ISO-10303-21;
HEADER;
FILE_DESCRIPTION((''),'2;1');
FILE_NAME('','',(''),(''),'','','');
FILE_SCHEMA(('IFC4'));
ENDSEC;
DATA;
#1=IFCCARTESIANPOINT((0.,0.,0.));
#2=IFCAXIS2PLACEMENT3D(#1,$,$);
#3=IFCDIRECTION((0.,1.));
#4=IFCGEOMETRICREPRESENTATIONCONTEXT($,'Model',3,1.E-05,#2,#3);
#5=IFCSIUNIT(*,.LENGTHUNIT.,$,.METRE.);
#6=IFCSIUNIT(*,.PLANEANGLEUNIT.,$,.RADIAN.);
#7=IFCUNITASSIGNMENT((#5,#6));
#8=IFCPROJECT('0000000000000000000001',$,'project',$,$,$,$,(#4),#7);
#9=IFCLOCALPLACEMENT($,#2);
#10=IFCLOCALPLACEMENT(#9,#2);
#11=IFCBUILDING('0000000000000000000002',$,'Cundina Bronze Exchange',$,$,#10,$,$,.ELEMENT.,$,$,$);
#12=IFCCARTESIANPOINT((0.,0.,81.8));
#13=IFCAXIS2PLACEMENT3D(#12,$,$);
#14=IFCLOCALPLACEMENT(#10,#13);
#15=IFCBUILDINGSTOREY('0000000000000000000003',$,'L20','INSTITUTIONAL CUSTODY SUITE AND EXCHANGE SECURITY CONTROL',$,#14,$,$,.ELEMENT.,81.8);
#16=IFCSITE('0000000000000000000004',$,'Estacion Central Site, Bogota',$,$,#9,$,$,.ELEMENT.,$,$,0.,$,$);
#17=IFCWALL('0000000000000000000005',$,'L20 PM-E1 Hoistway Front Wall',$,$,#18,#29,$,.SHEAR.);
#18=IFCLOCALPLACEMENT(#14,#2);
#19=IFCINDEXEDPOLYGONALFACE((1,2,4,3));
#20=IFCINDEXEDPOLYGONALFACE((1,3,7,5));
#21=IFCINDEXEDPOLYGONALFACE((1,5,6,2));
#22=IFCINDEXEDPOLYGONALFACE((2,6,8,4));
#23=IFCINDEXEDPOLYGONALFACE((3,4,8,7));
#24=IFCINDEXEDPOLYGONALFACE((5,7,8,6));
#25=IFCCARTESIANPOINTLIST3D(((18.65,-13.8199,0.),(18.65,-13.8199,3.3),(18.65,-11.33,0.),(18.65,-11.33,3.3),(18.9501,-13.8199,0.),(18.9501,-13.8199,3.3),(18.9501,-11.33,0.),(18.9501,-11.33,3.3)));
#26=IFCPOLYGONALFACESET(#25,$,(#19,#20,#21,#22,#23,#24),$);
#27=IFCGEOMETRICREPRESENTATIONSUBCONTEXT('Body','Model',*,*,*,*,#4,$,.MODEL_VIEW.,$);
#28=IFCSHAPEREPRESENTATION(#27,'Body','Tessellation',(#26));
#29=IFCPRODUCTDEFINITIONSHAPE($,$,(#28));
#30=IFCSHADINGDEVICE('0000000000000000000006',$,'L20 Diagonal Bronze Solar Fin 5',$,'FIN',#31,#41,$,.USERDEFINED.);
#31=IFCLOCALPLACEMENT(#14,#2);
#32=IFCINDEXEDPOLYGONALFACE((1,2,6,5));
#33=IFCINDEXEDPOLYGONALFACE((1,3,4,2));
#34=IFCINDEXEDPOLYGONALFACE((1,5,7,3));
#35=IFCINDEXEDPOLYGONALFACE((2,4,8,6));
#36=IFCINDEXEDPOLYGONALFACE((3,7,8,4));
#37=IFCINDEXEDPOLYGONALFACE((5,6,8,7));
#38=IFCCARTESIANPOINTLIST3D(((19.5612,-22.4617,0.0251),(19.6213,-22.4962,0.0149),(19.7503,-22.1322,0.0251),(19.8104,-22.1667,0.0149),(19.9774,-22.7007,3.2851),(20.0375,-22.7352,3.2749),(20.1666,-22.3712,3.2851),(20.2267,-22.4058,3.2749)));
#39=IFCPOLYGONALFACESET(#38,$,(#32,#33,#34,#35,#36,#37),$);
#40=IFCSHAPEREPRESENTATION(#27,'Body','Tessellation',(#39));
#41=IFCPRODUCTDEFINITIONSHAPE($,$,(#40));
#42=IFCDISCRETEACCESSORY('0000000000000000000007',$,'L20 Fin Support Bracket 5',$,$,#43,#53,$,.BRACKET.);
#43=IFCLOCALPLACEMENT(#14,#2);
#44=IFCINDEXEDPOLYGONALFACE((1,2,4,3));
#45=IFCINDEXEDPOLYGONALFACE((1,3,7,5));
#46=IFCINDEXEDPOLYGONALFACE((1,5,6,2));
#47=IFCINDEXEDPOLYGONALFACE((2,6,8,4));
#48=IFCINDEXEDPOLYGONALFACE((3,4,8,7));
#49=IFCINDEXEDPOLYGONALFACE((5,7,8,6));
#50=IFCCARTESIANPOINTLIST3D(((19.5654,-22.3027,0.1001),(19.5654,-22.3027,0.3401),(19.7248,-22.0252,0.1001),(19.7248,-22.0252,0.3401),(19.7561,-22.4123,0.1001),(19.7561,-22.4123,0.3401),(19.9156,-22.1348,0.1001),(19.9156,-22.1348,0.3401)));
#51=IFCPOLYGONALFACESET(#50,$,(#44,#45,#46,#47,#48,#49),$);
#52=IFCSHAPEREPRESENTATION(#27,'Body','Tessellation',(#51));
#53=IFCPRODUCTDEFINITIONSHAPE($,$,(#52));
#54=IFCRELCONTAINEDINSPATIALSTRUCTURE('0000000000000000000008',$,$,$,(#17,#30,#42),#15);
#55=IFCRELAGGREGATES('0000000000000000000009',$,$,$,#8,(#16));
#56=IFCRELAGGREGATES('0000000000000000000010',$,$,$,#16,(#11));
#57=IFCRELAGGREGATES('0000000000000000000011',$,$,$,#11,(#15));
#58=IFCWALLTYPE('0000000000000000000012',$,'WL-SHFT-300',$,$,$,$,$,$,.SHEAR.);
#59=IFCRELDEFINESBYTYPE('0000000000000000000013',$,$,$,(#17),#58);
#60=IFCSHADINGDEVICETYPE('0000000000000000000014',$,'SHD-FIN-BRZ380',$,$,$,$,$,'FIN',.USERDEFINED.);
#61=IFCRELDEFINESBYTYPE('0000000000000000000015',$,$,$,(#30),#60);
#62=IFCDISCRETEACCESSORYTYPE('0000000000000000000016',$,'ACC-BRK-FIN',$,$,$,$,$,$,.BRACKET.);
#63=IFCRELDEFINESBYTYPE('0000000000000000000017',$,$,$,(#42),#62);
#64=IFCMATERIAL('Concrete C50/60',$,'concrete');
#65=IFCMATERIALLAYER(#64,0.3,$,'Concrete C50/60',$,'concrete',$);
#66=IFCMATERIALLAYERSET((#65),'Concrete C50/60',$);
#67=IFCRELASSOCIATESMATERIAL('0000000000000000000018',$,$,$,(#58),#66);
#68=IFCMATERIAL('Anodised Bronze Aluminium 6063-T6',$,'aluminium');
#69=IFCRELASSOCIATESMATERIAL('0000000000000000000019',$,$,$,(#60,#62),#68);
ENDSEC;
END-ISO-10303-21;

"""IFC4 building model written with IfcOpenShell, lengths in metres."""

from ifc_helpers import new_model, si_unit, direction, frame, frame_2d, origin, origin_2d, place, context, subcontext, project, spatial, rectangle, extrude, material, layer, layer_set, material_profile, profile_set, type_object, element, save


model = new_model("IFC4")

# Units and contexts
model_context = context("Model", 3, precision=1e-05, world=origin(), true_north=direction((0.0, 1.0)))
body_context = subcontext(model_context, "Body", "Model", "MODEL_VIEW")
ifc_project = project(units=[si_unit("LENGTHUNIT", "METRE"), si_unit("PLANEANGLEUNIT", "RADIAN")], contexts=[model_context])

# Site, building, storey
site_placement = place(None, origin())
site = spatial("IfcSite", under=ifc_project, at=site_placement, Name="Estacion Central Site, Bogota", CompositionType="ELEMENT", RefElevation=0.0)
building_placement = place(site_placement, origin())
building = spatial("IfcBuilding", under=site, at=building_placement, Name="Cundina Bronze Exchange", CompositionType="ELEMENT")
storey_placement = place(building_placement, frame((0.0, 0.0, 81.8)))
storey = spatial("IfcBuildingStorey", under=building, at=storey_placement, Name="L20", Description="INSTITUTIONAL CUSTODY SUITE AND EXCHANGE SECURITY CONTROL", CompositionType="ELEMENT", Elevation=81.8)

# Shared definitions
ifc_material_1 = material(Name="Anodised Bronze Aluminium 6063-T6", Category="aluminium")

# Wall
ifc_material_2 = material(Name="Concrete C50/60", Category="concrete")
ifc_layer_1 = layer(ifc_material_2, 0.3, Name="Concrete C50/60", Category="concrete")
ifc_layer_set_1 = layer_set([ifc_layer_1], Name="Concrete C50/60")
wall_type_1 = type_object("IfcWallType", Name="WL-SHFT-300", PredefinedType="SHEAR", material=ifc_layer_set_1)
wall_1_placement = place(storey_placement, frame((18.8, -13.8201, 0.0), z_axis=(0.0, 0.0, 1.0), x_axis=(0.0, 1.0, 0.0)))
element("IfcWall", 1, at=wall_1_placement, inside=storey, type_object=wall_type_1, Name="L20 PM-E1 Hoistway Front Wall", PredefinedType="SHEAR", context=body_context, shape_type="SweptSolid", body=[
    extrude(rectangle(XDim=2.49, YDim=0.3, at=frame_2d((1.2451, 0.0))), origin(), (0.0, 0.0, 1.0), 3.3),
])

# Shading device
ifc_material_profile_1 = material_profile(ifc_material_1, rectangle(XDim=0.0701, YDim=0.3799, at=origin_2d()), Name="FIN70X380", Category="aluminium")
ifc_profile_set_1 = profile_set([ifc_material_profile_1], Name="Anodised Bronze Aluminium 6063-T6")
shading_device_type = type_object("IfcShadingDeviceType", Name="SHD-FIN-BRZ380", ElementType="FIN", PredefinedType="USERDEFINED", material=ifc_profile_set_1)
shading_device_placement = place(storey_placement, frame((19.6858, -22.3142, 0.02), z_axis=(0.126325, -0.072535, 0.989333), x_axis=(-0.857958, 0.492634, 0.145668)))
element("IfcShadingDevice", 2, at=shading_device_placement, inside=storey, type_object=shading_device_type, Name="L20 Diagonal Bronze Solar Fin 5", ObjectType="FIN", PredefinedType="USERDEFINED", context=body_context, shape_type="SweptSolid", body=[
    extrude(rectangle(XDim=0.0701, YDim=0.3799, at=origin_2d()), origin(), (0.0, 0.0, 1.0), 3.2952),
])

# Discrete accessory
discrete_accessory_type = type_object("IfcDiscreteAccessoryType", Name="ACC-BRK-FIN", PredefinedType="BRACKET", material=ifc_material_1)
discrete_accessory_placement = place(storey_placement, frame((19.7405, -22.2188, 0.1001), z_axis=(0.0, 0.0, 1.0), x_axis=(0.867105, -0.498125, 0.0)))
element("IfcDiscreteAccessory", 3, at=discrete_accessory_placement, inside=storey, type_object=discrete_accessory_type, Name="L20 Fin Support Bracket 5", PredefinedType="BRACKET", context=body_context, shape_type="SweptSolid", body=[
    extrude(rectangle(XDim=0.22, YDim=0.3201, at=origin_2d()), origin(), (0.0, 0.0, 1.0), 0.24),
])

save(model, "model.ifc")
